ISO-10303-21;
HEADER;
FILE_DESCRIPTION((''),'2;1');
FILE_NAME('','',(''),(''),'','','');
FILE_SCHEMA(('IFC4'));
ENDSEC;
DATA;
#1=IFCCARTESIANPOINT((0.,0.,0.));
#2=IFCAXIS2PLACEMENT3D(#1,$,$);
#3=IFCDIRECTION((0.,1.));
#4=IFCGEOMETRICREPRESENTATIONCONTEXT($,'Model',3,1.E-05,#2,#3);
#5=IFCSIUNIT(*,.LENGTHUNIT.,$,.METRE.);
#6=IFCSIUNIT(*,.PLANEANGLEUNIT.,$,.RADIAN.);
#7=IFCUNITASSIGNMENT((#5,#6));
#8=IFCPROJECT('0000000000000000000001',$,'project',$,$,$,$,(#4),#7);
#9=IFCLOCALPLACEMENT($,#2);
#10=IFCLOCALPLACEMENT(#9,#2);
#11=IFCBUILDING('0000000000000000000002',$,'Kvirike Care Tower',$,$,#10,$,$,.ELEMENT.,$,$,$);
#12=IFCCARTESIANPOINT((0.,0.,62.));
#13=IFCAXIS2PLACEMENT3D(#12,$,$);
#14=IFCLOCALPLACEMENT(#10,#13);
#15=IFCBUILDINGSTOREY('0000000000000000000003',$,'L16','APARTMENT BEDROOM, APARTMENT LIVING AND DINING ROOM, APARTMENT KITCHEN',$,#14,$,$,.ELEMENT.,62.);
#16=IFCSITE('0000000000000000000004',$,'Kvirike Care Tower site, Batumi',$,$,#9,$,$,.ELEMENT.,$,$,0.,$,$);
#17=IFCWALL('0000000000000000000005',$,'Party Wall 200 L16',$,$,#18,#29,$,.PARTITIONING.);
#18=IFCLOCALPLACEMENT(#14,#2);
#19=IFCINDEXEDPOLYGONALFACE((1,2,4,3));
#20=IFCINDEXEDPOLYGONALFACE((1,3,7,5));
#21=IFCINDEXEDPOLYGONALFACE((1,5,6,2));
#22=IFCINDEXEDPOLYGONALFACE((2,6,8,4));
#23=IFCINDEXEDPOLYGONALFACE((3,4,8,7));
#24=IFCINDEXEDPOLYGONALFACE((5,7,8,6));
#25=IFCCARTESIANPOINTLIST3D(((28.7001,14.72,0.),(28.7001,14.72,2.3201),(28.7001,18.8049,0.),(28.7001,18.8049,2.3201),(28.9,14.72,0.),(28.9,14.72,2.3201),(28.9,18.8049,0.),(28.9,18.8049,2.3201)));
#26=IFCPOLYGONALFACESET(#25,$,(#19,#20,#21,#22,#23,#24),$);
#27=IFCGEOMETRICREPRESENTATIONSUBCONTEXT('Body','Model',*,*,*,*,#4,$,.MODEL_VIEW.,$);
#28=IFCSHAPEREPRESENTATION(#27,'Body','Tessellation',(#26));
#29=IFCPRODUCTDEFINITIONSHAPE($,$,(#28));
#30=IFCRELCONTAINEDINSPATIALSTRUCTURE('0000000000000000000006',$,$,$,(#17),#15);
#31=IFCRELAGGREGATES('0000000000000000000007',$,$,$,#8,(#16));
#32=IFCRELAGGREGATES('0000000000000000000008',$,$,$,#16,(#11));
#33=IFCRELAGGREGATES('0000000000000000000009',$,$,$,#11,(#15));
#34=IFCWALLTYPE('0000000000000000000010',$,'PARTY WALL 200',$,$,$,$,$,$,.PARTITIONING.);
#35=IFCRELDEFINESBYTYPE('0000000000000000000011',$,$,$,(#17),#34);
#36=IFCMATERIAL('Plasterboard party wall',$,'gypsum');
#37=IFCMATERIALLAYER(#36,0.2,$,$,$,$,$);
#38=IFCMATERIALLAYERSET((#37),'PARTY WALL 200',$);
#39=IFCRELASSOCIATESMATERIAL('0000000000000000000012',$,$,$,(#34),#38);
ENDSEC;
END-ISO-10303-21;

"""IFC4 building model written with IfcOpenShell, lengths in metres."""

from ifc_helpers import new_model, si_unit, direction, frame, frame_2d, origin, place, context, subcontext, project, spatial, rectangle, extrude, material, layer, layer_set, type_object, element, save


model = new_model("IFC4")

# Units and contexts
model_context = context("Model", 3, precision=1e-05, world=origin(), true_north=direction((0.0, 1.0)))
body_context = subcontext(model_context, "Body", "Model", "MODEL_VIEW")
ifc_project = project(units=[si_unit("LENGTHUNIT", "METRE"), si_unit("PLANEANGLEUNIT", "RADIAN")], contexts=[model_context])

# Site, building, storey
site_placement = place(None, origin())
site = spatial("IfcSite", under=ifc_project, at=site_placement, Name="Kvirike Care Tower site, Batumi", CompositionType="ELEMENT", RefElevation=0.0)
building_placement = place(site_placement, origin())
building = spatial("IfcBuilding", under=site, at=building_placement, Name="Kvirike Care Tower", CompositionType="ELEMENT")
storey_placement = place(building_placement, frame((0.0, 0.0, 62.0)))
storey = spatial("IfcBuildingStorey", under=building, at=storey_placement, Name="L16", Description="APARTMENT BEDROOM, APARTMENT LIVING AND DINING ROOM, APARTMENT KITCHEN", CompositionType="ELEMENT", Elevation=62.0)

# Wall
ifc_material_1 = material(Name="Plasterboard party wall", Category="gypsum")
ifc_layer_1 = layer(ifc_material_1, 0.2)
ifc_layer_set_1 = layer_set([ifc_layer_1], Name="PARTY WALL 200")
wall_type_1 = type_object("IfcWallType", Name="PARTY WALL 200", PredefinedType="PARTITIONING", material=ifc_layer_set_1)
wall_1_placement = place(storey_placement, frame((28.8, 14.72, 0.0), z_axis=(0.0, 0.0, 1.0), x_axis=(0.0, 1.0, 0.0)))
element("IfcWall", 1, at=wall_1_placement, inside=storey, type_object=wall_type_1, Name="Party Wall 200 L16", PredefinedType="PARTITIONING", context=body_context, shape_type="SweptSolid", body=[
    extrude(rectangle(XDim=4.085, YDim=0.2, at=frame_2d((2.0425, 0.0))), origin(), (0.0, 0.0, 1.0), 2.3201),
])

save(model, "model.ifc")
